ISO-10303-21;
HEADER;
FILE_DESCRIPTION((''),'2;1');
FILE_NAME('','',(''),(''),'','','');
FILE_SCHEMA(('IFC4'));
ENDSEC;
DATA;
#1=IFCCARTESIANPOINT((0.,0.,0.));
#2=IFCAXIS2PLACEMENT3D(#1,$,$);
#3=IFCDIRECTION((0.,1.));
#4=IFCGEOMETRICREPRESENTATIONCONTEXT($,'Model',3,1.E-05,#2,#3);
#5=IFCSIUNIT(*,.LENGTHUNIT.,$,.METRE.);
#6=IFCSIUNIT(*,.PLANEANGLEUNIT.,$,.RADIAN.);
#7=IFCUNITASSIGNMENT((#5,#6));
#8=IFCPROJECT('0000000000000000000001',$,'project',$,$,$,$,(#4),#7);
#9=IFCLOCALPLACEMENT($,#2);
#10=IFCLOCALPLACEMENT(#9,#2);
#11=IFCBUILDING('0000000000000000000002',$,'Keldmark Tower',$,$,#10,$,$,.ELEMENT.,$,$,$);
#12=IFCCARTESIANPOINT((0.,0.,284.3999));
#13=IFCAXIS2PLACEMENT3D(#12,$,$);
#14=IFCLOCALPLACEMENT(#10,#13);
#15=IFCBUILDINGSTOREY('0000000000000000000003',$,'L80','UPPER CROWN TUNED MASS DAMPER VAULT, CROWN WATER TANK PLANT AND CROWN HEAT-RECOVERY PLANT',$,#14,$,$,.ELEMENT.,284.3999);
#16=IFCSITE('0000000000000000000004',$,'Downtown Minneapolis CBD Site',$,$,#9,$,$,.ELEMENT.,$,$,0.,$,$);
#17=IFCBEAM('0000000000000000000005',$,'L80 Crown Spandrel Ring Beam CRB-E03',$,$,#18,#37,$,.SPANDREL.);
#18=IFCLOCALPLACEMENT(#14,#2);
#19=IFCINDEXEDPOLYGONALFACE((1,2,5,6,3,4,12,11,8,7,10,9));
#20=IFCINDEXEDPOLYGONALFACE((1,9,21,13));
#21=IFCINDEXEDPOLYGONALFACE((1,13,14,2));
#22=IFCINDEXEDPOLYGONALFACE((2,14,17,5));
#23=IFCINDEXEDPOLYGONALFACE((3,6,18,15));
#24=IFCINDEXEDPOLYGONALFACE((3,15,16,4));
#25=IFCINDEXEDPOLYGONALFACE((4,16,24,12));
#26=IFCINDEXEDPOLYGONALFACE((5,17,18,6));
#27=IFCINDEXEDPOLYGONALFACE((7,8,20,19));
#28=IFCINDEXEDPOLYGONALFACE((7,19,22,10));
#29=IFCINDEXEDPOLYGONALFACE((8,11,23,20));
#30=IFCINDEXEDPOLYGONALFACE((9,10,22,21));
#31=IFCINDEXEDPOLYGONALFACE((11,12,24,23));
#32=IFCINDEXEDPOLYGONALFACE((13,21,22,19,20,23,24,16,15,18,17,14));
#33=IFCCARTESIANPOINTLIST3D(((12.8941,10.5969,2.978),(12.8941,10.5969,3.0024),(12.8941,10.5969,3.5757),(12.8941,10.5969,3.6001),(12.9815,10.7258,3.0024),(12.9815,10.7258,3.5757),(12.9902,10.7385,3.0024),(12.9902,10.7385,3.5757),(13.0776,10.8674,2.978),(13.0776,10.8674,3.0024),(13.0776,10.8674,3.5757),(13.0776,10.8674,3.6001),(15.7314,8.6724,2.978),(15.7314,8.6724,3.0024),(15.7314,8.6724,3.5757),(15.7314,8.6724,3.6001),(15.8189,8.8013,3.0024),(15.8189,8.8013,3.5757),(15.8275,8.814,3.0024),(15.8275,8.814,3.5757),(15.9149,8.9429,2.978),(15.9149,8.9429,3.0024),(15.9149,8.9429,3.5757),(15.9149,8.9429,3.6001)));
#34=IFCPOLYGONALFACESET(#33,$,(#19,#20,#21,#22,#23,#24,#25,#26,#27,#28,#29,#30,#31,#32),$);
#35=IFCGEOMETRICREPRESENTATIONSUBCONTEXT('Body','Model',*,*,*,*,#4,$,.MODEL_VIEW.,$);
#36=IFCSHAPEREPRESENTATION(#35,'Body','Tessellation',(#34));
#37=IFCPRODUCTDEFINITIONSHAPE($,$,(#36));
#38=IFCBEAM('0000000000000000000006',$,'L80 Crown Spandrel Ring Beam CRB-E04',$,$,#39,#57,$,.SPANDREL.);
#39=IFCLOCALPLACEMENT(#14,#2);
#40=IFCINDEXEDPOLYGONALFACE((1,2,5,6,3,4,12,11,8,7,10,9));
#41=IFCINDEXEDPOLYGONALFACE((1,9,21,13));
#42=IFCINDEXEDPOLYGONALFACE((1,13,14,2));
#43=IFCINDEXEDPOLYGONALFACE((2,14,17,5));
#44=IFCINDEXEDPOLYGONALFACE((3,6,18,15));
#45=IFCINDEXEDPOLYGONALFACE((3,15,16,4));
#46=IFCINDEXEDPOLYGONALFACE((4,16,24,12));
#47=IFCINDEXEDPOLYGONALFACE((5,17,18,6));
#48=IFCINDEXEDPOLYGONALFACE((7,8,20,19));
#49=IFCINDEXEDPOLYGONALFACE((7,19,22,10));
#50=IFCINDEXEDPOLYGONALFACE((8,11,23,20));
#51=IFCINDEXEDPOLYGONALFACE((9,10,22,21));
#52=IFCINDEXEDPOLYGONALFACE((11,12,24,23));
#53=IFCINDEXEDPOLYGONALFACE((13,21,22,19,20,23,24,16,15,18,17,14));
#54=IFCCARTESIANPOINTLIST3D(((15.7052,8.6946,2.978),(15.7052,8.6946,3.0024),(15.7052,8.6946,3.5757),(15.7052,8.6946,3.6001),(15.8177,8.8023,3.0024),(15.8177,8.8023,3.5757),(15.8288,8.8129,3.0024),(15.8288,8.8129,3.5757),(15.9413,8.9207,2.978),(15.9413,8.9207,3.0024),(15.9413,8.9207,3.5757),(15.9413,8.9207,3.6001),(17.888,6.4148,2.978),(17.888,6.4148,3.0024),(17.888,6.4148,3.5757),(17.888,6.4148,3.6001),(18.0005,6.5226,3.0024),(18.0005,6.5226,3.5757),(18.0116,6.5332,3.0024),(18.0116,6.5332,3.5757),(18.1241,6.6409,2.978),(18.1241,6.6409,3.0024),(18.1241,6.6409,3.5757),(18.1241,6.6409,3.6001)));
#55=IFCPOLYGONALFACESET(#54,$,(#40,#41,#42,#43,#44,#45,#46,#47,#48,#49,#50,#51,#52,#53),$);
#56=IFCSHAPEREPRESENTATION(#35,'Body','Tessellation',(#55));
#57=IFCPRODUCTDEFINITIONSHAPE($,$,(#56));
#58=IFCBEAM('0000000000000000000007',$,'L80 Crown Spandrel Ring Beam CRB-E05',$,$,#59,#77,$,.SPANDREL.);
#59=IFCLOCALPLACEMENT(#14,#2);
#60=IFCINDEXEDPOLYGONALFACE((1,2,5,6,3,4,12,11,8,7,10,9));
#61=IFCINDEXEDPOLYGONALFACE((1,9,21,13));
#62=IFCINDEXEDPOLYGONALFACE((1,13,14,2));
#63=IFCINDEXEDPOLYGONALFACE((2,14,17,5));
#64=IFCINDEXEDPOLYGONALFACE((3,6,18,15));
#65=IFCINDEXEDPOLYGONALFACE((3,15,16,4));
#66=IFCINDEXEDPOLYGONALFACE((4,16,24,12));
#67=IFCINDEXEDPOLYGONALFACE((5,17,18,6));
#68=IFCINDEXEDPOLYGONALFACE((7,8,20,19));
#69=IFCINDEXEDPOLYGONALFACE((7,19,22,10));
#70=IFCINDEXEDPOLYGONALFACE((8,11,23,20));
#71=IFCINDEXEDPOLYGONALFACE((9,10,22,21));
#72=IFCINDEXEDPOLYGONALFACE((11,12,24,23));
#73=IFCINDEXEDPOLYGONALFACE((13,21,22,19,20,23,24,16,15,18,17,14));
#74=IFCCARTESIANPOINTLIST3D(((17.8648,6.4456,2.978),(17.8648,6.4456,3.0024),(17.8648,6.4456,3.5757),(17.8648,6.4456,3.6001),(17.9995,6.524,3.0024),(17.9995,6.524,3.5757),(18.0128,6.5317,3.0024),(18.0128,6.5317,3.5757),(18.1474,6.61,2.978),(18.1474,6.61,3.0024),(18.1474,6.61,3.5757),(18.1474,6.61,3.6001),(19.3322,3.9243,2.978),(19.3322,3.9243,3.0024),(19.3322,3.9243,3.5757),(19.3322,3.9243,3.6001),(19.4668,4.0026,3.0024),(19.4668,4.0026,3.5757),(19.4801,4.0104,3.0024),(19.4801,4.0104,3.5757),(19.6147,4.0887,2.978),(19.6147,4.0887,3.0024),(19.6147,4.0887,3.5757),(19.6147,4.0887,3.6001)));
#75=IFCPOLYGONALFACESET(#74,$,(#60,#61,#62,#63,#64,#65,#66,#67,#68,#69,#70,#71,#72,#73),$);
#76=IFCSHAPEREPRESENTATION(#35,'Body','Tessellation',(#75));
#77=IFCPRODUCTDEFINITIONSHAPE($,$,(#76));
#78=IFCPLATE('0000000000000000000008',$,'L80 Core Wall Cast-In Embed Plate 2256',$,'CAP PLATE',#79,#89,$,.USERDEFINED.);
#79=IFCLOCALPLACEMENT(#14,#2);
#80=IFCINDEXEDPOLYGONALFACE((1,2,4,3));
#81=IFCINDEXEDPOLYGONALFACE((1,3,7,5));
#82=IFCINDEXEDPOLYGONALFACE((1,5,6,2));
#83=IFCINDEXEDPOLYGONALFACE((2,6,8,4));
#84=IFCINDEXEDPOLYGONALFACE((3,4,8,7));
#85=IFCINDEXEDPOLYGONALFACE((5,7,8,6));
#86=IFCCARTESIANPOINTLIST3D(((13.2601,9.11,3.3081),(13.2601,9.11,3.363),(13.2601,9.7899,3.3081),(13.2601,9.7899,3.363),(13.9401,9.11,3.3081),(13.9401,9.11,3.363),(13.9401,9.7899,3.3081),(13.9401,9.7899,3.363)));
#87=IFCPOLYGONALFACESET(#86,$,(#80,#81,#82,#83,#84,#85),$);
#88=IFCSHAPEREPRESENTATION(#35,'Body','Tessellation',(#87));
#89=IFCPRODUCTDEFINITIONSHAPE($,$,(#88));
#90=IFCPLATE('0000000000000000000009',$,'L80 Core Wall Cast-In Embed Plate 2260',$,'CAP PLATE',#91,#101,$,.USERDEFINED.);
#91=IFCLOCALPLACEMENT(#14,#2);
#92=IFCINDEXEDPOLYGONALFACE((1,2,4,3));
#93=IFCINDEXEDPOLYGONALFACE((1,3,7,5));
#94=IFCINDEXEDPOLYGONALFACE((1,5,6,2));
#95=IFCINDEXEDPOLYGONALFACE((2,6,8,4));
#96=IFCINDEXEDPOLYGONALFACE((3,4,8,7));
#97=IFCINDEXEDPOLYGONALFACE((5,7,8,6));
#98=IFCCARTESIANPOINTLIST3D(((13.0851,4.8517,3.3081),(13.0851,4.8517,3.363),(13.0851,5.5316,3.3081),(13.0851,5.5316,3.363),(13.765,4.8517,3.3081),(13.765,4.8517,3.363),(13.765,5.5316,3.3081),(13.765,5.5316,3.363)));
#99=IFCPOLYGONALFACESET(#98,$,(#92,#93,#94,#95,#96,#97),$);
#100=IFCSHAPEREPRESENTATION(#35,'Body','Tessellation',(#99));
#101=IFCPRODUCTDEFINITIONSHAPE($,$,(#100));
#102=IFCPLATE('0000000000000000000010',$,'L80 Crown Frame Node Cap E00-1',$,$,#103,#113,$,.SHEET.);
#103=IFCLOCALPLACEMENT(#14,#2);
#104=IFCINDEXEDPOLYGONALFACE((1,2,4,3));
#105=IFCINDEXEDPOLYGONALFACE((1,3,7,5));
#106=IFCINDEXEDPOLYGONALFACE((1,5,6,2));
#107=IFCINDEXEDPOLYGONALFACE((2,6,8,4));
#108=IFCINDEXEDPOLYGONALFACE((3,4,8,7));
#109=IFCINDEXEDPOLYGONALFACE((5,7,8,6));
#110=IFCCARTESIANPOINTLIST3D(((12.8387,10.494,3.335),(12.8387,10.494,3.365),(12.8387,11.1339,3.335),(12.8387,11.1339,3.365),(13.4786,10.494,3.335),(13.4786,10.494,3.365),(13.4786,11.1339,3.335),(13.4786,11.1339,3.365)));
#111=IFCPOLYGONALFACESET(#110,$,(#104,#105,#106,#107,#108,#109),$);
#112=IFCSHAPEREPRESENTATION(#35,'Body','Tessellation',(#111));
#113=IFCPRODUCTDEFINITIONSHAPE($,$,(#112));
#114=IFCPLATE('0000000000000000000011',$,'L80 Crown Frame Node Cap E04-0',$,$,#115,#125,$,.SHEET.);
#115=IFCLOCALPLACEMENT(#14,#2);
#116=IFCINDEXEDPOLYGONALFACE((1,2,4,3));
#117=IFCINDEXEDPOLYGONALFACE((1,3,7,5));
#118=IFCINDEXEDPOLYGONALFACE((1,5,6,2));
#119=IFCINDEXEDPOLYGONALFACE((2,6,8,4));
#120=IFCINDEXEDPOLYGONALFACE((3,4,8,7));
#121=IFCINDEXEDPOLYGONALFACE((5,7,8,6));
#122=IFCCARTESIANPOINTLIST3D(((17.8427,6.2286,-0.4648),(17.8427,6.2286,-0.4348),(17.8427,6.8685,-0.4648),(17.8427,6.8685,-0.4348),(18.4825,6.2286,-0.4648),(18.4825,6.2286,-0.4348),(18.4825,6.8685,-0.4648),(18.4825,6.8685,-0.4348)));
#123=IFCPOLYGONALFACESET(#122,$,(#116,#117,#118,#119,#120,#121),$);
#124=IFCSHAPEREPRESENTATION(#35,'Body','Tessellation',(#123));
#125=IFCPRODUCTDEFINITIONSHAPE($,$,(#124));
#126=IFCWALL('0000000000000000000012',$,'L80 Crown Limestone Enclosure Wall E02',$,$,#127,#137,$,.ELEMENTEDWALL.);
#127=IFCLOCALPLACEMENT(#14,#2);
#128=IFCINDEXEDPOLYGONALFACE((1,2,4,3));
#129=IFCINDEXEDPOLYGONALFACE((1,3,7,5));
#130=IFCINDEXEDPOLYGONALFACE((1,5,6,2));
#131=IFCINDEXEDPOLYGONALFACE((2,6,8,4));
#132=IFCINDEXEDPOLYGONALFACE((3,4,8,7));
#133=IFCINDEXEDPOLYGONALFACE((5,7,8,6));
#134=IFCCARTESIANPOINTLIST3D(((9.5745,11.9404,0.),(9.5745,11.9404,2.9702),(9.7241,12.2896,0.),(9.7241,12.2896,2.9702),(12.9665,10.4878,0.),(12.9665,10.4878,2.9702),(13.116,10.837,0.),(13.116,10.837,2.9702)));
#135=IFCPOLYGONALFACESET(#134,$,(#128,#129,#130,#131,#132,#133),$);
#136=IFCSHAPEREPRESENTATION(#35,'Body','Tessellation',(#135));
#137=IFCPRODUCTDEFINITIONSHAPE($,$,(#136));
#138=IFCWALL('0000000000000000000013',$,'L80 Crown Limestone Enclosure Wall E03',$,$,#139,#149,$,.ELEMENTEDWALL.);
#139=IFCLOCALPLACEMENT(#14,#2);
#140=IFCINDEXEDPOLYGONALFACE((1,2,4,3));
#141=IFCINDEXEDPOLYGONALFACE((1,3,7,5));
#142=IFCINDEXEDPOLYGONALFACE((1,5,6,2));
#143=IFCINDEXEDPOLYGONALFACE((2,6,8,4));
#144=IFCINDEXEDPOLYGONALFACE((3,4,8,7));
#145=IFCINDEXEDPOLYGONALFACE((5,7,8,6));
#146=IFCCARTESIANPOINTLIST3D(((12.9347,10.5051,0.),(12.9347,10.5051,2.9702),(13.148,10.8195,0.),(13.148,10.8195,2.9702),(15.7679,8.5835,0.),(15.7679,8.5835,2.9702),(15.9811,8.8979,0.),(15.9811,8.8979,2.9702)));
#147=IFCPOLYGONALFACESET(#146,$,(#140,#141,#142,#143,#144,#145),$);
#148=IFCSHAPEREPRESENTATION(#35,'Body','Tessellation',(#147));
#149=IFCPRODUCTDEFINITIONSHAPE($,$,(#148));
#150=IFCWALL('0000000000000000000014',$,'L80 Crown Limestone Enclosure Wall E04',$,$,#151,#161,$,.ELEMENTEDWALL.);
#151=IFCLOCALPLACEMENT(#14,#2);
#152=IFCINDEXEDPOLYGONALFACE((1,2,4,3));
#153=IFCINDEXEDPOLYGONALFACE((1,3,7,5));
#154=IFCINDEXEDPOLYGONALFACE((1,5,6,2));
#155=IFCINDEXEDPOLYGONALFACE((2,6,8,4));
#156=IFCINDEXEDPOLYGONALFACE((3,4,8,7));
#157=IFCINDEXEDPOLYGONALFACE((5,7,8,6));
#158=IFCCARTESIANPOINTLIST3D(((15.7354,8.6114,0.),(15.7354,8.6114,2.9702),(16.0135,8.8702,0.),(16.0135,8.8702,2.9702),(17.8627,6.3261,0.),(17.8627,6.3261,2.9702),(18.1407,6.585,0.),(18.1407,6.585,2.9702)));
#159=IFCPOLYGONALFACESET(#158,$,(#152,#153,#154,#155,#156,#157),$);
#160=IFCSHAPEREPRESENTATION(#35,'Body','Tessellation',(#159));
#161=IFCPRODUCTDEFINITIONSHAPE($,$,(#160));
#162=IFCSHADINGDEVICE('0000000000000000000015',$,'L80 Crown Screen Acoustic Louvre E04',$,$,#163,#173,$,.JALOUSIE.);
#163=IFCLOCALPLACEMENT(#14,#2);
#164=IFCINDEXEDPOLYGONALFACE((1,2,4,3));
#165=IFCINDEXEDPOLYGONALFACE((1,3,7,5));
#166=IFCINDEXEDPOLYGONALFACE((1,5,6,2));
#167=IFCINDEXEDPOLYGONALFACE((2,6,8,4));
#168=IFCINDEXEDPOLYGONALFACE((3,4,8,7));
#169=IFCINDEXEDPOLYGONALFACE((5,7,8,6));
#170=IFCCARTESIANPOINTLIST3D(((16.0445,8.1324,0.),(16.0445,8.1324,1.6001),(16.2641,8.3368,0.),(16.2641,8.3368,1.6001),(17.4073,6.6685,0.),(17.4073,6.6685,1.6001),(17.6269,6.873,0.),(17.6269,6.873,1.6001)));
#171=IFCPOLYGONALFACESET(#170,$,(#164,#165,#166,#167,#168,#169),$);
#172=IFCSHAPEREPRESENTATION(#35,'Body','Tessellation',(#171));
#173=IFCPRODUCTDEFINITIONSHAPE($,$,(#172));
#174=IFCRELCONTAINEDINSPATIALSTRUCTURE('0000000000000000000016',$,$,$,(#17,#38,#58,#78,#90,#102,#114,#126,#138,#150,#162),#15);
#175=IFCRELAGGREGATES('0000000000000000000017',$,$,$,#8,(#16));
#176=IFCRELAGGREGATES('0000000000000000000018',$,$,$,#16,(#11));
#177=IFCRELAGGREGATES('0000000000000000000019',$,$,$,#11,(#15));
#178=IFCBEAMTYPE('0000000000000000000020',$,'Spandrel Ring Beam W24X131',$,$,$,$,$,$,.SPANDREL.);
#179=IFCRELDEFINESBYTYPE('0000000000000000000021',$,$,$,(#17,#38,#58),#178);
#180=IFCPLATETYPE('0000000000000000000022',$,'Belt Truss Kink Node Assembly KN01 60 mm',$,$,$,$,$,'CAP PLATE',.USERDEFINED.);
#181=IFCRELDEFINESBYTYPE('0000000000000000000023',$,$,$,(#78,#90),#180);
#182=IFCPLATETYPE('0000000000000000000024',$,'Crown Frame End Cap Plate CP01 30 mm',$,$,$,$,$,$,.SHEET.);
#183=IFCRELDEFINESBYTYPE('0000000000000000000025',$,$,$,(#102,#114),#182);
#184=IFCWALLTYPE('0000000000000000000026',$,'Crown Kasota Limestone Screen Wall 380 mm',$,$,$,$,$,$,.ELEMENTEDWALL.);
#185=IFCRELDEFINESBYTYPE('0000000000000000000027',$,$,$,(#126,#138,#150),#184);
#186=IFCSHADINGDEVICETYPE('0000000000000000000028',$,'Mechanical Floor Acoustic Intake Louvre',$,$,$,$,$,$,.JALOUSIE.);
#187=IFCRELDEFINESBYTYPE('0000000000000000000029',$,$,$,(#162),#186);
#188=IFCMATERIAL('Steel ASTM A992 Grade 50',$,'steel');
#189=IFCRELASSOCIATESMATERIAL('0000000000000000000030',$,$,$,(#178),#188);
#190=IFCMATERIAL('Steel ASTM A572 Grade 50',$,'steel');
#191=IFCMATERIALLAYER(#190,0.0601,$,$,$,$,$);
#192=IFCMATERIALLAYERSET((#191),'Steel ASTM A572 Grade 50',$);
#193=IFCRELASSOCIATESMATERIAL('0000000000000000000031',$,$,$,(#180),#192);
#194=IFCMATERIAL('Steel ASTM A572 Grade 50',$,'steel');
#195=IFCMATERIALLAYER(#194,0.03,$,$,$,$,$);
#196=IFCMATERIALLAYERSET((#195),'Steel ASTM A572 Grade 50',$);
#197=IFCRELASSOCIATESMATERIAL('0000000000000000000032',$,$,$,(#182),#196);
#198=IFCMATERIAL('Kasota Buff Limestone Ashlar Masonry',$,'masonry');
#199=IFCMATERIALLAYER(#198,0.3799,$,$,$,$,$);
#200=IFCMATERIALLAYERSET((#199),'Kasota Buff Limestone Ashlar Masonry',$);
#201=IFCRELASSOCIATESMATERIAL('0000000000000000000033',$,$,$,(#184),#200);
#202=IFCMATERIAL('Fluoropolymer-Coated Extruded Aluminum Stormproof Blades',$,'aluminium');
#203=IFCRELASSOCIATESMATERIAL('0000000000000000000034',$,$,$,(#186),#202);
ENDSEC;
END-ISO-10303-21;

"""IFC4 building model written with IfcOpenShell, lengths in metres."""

from ifc_helpers import new_model, si_unit, direction, frame, frame_2d, origin, origin_2d, place, context, subcontext, project, spatial, rectangle, i_section, extrude, material, layer, layer_set, material_profile, profile_set, type_object, element, save


model = new_model("IFC4")

# Units and contexts
model_context = context("Model", 3, precision=1e-05, world=origin(), true_north=direction((0.0, 1.0)))
body_context = subcontext(model_context, "Body", "Model", "MODEL_VIEW")
ifc_project = project(units=[si_unit("LENGTHUNIT", "METRE"), si_unit("PLANEANGLEUNIT", "RADIAN")], contexts=[model_context])

# Site, building, storey
site_placement = place(None, origin())
site = spatial("IfcSite", under=ifc_project, at=site_placement, Name="Downtown Minneapolis CBD Site", CompositionType="ELEMENT", RefElevation=0.0)
building_placement = place(site_placement, origin())
building = spatial("IfcBuilding", under=site, at=building_placement, Name="Keldmark Tower", CompositionType="ELEMENT")
storey_placement = place(building_placement, frame((0.0, 0.0, 284.3999)))
storey = spatial("IfcBuildingStorey", under=building, at=storey_placement, Name="L80", Description="UPPER CROWN TUNED MASS DAMPER VAULT, CROWN WATER TANK PLANT AND CROWN HEAT-RECOVERY PLANT", CompositionType="ELEMENT", Elevation=284.3999)

# Beams
ifc_material_1 = material(Name="Steel ASTM A992 Grade 50", Category="steel")
ifc_material_profile_1 = material_profile(ifc_material_1, i_section(OverallWidth=0.3269, OverallDepth=0.6221, WebThickness=0.0154, FlangeThickness=0.0244, at=origin_2d()), Name="W24X131")
ifc_profile_set_1 = profile_set([ifc_material_profile_1], Name="Steel ASTM A992 Grade 50")
beam_type_1 = type_object("IfcBeamType", Name="Spandrel Ring Beam W24X131", PredefinedType="SPANDREL", material=ifc_profile_set_1)
beam_1_placement = place(storey_placement, frame((12.9858, 10.7322, 3.2891), z_axis=(0.827587, -0.561338, 0.0), x_axis=(0.561338, 0.827587, 0.0)))
element("IfcBeam", 1, at=beam_1_placement, inside=storey, type_object=beam_type_1, Name="L80 Crown Spandrel Ring Beam CRB-E03", PredefinedType="SPANDREL", context=body_context, shape_type="SweptSolid", body=[
    extrude(i_section(OverallWidth=0.3269, OverallDepth=0.6221, WebThickness=0.0154, FlangeThickness=0.0244, at=origin_2d()), origin(), (0.0, 0.0, 1.0), 3.4285),
])
beam_2_placement = place(storey_placement, frame((15.8232, 8.8076, 3.2891), z_axis=(0.691586, -0.722294, 0.0), x_axis=(0.722294, 0.691586, 0.0)))
element("IfcBeam", 2, at=beam_2_placement, inside=storey, type_object=beam_type_1, Name="L80 Crown Spandrel Ring Beam CRB-E04", PredefinedType="SPANDREL", context=body_context, shape_type="SweptSolid", body=[
    extrude(i_section(OverallWidth=0.3269, OverallDepth=0.6221, WebThickness=0.0154, FlangeThickness=0.0244, at=origin_2d()), origin(), (0.0, 0.0, 1.0), 3.1562),
])
beam_3_placement = place(storey_placement, frame((18.0061, 6.5278, 3.2891), z_axis=(0.502991, -0.864291, 0.0), x_axis=(0.864291, 0.502991, 0.0)))
element("IfcBeam", 3, at=beam_3_placement, inside=storey, type_object=beam_type_1, Name="L80 Crown Spandrel Ring Beam CRB-E05", PredefinedType="SPANDREL", context=body_context, shape_type="SweptSolid", body=[
    extrude(i_section(OverallWidth=0.3269, OverallDepth=0.6221, WebThickness=0.0154, FlangeThickness=0.0244, at=origin_2d()), origin(), (0.0, 0.0, 1.0), 2.9172),
])

# Plates
ifc_material_2 = material(Name="Steel ASTM A572 Grade 50", Category="steel")
ifc_layer_1 = layer(ifc_material_2, 0.0601)
ifc_layer_set_1 = layer_set([ifc_layer_1], Name="Steel ASTM A572 Grade 50")
plate_type_1 = type_object("IfcPlateType", Name="Belt Truss Kink Node Assembly KN01 60 mm", ElementType="CAP PLATE", PredefinedType="USERDEFINED", material=ifc_layer_set_1)
for number, where, z_axis, x_axis, name in (
    (4, (13.6001, 9.45, 3.3081), (0.0, 0.0, 1.0), (1.0, 0.0, 0.0), "L80 Core Wall Cast-In Embed Plate 2256"),
    (5, (13.425, 5.1917, 3.3081), (0.0, 0.0, 1.0), (1.0, 0.0, 0.0), "L80 Core Wall Cast-In Embed Plate 2260"),
):
    element("IfcPlate", number, at=place(storey_placement, frame(where, z_axis=z_axis, x_axis=x_axis)), inside=storey, type_object=plate_type_1, Name=name, ObjectType="CAP PLATE", PredefinedType="USERDEFINED", context=body_context, shape_type="SweptSolid", body=[
        extrude(rectangle(XDim=0.6799, YDim=0.6799, at=origin_2d()), origin(), (0.0, 0.0, 1.0), 0.0549),
    ])
ifc_material_3 = material(Name="Steel ASTM A572 Grade 50", Category="steel")
ifc_layer_2 = layer(ifc_material_3, 0.03)
ifc_layer_set_2 = layer_set([ifc_layer_2], Name="Steel ASTM A572 Grade 50")
plate_type_2 = type_object("IfcPlateType", Name="Crown Frame End Cap Plate CP01 30 mm", PredefinedType="SHEET", material=ifc_layer_set_2)
for number, where, z_axis, x_axis, name in (
    (6, (13.1587, 10.814, 3.335), (0.0, 0.0, 1.0), (1.0, 0.0, 0.0), "L80 Crown Frame Node Cap E00-1"),
    (7, (18.1626, 6.5486, -0.4648), (0.0, 0.0, 1.0), (1.0, 0.0, 0.0), "L80 Crown Frame Node Cap E04-0"),
):
    element("IfcPlate", number, at=place(storey_placement, frame(where, z_axis=z_axis, x_axis=x_axis)), inside=storey, type_object=plate_type_2, Name=name, PredefinedType="SHEET", context=body_context, shape_type="SweptSolid", body=[
        extrude(rectangle(XDim=0.6399, YDim=0.6399, at=origin_2d()), origin(), (0.0, 0.0, 1.0), 0.03),
    ])

# Walls
ifc_material_4 = material(Name="Kasota Buff Limestone Ashlar Masonry", Category="masonry")
ifc_layer_3 = layer(ifc_material_4, 0.3799)
ifc_layer_set_3 = layer_set([ifc_layer_3], Name="Kasota Buff Limestone Ashlar Masonry")
wall_type_1 = type_object("IfcWallType", Name="Crown Kasota Limestone Screen Wall 380 mm", PredefinedType="ELEMENTEDWALL", material=ifc_layer_set_3)
wall_1_placement = place(storey_placement, frame((13.0413, 10.6624, 0.0), z_axis=(0.0, 0.0, 1.0), x_axis=(-0.919244, 0.393688, 0.0)))
element("IfcWall", 8, at=wall_1_placement, inside=storey, type_object=wall_type_1, Name="L80 Crown Limestone Enclosure Wall E02", PredefinedType="ELEMENTEDWALL", context=body_context, shape_type="SweptSolid", body=[
    extrude(rectangle(XDim=3.6899, YDim=0.3799, at=frame_2d((1.845, 0.0))), origin(), (0.0, 0.0, 1.0), 2.9702),
])
wall_2_placement = place(storey_placement, frame((15.8745, 8.7407, 0.0), z_axis=(0.0, 0.0, 1.0), x_axis=(-0.827602, 0.561315, 0.0)))
element("IfcWall", 9, at=wall_2_placement, inside=storey, type_object=wall_type_1, Name="L80 Crown Limestone Enclosure Wall E03", PredefinedType="ELEMENTEDWALL", context=body_context, shape_type="SweptSolid", body=[
    extrude(rectangle(XDim=3.4233, YDim=0.3799, at=frame_2d((1.7117, 0.0))), origin(), (0.0, 0.0, 1.0), 2.9702),
])
wall_3_placement = place(storey_placement, frame((18.0017, 6.4556, 0.0), z_axis=(0.0, 0.0, 1.0), x_axis=(-0.681356, 0.731952, 0.0)))
element("IfcWall", 10, at=wall_3_placement, inside=storey, type_object=wall_type_1, Name="L80 Crown Limestone Enclosure Wall E04", PredefinedType="ELEMENTEDWALL", context=body_context, shape_type="SweptSolid", body=[
    extrude(rectangle(XDim=3.1221, YDim=0.3799, at=frame_2d((1.561, 0.0))), origin(), (0.0, 0.0, 1.0), 2.9702),
])

# Shading device
ifc_material_5 = material(Name="Fluoropolymer-Coated Extruded Aluminum Stormproof Blades", Category="aluminium")
shading_device_type = type_object("IfcShadingDeviceType", Name="Mechanical Floor Acoustic Intake Louvre", PredefinedType="JALOUSIE", material=ifc_material_5)
shading_device_placement = place(storey_placement, frame((16.8357, 7.5027, 0.0), z_axis=(0.0, 0.0, 1.0), x_axis=(-0.681373, 0.731937, 0.0)))
element("IfcShadingDevice", 11, at=shading_device_placement, inside=storey, type_object=shading_device_type, Name="L80 Crown Screen Acoustic Louvre E04", PredefinedType="JALOUSIE", context=body_context, shape_type="SweptSolid", body=[
    extrude(rectangle(XDim=2.0, YDim=0.3, at=origin_2d()), origin(), (0.0, 0.0, 1.0), 1.6001),
])

save(model, "model.ifc")
